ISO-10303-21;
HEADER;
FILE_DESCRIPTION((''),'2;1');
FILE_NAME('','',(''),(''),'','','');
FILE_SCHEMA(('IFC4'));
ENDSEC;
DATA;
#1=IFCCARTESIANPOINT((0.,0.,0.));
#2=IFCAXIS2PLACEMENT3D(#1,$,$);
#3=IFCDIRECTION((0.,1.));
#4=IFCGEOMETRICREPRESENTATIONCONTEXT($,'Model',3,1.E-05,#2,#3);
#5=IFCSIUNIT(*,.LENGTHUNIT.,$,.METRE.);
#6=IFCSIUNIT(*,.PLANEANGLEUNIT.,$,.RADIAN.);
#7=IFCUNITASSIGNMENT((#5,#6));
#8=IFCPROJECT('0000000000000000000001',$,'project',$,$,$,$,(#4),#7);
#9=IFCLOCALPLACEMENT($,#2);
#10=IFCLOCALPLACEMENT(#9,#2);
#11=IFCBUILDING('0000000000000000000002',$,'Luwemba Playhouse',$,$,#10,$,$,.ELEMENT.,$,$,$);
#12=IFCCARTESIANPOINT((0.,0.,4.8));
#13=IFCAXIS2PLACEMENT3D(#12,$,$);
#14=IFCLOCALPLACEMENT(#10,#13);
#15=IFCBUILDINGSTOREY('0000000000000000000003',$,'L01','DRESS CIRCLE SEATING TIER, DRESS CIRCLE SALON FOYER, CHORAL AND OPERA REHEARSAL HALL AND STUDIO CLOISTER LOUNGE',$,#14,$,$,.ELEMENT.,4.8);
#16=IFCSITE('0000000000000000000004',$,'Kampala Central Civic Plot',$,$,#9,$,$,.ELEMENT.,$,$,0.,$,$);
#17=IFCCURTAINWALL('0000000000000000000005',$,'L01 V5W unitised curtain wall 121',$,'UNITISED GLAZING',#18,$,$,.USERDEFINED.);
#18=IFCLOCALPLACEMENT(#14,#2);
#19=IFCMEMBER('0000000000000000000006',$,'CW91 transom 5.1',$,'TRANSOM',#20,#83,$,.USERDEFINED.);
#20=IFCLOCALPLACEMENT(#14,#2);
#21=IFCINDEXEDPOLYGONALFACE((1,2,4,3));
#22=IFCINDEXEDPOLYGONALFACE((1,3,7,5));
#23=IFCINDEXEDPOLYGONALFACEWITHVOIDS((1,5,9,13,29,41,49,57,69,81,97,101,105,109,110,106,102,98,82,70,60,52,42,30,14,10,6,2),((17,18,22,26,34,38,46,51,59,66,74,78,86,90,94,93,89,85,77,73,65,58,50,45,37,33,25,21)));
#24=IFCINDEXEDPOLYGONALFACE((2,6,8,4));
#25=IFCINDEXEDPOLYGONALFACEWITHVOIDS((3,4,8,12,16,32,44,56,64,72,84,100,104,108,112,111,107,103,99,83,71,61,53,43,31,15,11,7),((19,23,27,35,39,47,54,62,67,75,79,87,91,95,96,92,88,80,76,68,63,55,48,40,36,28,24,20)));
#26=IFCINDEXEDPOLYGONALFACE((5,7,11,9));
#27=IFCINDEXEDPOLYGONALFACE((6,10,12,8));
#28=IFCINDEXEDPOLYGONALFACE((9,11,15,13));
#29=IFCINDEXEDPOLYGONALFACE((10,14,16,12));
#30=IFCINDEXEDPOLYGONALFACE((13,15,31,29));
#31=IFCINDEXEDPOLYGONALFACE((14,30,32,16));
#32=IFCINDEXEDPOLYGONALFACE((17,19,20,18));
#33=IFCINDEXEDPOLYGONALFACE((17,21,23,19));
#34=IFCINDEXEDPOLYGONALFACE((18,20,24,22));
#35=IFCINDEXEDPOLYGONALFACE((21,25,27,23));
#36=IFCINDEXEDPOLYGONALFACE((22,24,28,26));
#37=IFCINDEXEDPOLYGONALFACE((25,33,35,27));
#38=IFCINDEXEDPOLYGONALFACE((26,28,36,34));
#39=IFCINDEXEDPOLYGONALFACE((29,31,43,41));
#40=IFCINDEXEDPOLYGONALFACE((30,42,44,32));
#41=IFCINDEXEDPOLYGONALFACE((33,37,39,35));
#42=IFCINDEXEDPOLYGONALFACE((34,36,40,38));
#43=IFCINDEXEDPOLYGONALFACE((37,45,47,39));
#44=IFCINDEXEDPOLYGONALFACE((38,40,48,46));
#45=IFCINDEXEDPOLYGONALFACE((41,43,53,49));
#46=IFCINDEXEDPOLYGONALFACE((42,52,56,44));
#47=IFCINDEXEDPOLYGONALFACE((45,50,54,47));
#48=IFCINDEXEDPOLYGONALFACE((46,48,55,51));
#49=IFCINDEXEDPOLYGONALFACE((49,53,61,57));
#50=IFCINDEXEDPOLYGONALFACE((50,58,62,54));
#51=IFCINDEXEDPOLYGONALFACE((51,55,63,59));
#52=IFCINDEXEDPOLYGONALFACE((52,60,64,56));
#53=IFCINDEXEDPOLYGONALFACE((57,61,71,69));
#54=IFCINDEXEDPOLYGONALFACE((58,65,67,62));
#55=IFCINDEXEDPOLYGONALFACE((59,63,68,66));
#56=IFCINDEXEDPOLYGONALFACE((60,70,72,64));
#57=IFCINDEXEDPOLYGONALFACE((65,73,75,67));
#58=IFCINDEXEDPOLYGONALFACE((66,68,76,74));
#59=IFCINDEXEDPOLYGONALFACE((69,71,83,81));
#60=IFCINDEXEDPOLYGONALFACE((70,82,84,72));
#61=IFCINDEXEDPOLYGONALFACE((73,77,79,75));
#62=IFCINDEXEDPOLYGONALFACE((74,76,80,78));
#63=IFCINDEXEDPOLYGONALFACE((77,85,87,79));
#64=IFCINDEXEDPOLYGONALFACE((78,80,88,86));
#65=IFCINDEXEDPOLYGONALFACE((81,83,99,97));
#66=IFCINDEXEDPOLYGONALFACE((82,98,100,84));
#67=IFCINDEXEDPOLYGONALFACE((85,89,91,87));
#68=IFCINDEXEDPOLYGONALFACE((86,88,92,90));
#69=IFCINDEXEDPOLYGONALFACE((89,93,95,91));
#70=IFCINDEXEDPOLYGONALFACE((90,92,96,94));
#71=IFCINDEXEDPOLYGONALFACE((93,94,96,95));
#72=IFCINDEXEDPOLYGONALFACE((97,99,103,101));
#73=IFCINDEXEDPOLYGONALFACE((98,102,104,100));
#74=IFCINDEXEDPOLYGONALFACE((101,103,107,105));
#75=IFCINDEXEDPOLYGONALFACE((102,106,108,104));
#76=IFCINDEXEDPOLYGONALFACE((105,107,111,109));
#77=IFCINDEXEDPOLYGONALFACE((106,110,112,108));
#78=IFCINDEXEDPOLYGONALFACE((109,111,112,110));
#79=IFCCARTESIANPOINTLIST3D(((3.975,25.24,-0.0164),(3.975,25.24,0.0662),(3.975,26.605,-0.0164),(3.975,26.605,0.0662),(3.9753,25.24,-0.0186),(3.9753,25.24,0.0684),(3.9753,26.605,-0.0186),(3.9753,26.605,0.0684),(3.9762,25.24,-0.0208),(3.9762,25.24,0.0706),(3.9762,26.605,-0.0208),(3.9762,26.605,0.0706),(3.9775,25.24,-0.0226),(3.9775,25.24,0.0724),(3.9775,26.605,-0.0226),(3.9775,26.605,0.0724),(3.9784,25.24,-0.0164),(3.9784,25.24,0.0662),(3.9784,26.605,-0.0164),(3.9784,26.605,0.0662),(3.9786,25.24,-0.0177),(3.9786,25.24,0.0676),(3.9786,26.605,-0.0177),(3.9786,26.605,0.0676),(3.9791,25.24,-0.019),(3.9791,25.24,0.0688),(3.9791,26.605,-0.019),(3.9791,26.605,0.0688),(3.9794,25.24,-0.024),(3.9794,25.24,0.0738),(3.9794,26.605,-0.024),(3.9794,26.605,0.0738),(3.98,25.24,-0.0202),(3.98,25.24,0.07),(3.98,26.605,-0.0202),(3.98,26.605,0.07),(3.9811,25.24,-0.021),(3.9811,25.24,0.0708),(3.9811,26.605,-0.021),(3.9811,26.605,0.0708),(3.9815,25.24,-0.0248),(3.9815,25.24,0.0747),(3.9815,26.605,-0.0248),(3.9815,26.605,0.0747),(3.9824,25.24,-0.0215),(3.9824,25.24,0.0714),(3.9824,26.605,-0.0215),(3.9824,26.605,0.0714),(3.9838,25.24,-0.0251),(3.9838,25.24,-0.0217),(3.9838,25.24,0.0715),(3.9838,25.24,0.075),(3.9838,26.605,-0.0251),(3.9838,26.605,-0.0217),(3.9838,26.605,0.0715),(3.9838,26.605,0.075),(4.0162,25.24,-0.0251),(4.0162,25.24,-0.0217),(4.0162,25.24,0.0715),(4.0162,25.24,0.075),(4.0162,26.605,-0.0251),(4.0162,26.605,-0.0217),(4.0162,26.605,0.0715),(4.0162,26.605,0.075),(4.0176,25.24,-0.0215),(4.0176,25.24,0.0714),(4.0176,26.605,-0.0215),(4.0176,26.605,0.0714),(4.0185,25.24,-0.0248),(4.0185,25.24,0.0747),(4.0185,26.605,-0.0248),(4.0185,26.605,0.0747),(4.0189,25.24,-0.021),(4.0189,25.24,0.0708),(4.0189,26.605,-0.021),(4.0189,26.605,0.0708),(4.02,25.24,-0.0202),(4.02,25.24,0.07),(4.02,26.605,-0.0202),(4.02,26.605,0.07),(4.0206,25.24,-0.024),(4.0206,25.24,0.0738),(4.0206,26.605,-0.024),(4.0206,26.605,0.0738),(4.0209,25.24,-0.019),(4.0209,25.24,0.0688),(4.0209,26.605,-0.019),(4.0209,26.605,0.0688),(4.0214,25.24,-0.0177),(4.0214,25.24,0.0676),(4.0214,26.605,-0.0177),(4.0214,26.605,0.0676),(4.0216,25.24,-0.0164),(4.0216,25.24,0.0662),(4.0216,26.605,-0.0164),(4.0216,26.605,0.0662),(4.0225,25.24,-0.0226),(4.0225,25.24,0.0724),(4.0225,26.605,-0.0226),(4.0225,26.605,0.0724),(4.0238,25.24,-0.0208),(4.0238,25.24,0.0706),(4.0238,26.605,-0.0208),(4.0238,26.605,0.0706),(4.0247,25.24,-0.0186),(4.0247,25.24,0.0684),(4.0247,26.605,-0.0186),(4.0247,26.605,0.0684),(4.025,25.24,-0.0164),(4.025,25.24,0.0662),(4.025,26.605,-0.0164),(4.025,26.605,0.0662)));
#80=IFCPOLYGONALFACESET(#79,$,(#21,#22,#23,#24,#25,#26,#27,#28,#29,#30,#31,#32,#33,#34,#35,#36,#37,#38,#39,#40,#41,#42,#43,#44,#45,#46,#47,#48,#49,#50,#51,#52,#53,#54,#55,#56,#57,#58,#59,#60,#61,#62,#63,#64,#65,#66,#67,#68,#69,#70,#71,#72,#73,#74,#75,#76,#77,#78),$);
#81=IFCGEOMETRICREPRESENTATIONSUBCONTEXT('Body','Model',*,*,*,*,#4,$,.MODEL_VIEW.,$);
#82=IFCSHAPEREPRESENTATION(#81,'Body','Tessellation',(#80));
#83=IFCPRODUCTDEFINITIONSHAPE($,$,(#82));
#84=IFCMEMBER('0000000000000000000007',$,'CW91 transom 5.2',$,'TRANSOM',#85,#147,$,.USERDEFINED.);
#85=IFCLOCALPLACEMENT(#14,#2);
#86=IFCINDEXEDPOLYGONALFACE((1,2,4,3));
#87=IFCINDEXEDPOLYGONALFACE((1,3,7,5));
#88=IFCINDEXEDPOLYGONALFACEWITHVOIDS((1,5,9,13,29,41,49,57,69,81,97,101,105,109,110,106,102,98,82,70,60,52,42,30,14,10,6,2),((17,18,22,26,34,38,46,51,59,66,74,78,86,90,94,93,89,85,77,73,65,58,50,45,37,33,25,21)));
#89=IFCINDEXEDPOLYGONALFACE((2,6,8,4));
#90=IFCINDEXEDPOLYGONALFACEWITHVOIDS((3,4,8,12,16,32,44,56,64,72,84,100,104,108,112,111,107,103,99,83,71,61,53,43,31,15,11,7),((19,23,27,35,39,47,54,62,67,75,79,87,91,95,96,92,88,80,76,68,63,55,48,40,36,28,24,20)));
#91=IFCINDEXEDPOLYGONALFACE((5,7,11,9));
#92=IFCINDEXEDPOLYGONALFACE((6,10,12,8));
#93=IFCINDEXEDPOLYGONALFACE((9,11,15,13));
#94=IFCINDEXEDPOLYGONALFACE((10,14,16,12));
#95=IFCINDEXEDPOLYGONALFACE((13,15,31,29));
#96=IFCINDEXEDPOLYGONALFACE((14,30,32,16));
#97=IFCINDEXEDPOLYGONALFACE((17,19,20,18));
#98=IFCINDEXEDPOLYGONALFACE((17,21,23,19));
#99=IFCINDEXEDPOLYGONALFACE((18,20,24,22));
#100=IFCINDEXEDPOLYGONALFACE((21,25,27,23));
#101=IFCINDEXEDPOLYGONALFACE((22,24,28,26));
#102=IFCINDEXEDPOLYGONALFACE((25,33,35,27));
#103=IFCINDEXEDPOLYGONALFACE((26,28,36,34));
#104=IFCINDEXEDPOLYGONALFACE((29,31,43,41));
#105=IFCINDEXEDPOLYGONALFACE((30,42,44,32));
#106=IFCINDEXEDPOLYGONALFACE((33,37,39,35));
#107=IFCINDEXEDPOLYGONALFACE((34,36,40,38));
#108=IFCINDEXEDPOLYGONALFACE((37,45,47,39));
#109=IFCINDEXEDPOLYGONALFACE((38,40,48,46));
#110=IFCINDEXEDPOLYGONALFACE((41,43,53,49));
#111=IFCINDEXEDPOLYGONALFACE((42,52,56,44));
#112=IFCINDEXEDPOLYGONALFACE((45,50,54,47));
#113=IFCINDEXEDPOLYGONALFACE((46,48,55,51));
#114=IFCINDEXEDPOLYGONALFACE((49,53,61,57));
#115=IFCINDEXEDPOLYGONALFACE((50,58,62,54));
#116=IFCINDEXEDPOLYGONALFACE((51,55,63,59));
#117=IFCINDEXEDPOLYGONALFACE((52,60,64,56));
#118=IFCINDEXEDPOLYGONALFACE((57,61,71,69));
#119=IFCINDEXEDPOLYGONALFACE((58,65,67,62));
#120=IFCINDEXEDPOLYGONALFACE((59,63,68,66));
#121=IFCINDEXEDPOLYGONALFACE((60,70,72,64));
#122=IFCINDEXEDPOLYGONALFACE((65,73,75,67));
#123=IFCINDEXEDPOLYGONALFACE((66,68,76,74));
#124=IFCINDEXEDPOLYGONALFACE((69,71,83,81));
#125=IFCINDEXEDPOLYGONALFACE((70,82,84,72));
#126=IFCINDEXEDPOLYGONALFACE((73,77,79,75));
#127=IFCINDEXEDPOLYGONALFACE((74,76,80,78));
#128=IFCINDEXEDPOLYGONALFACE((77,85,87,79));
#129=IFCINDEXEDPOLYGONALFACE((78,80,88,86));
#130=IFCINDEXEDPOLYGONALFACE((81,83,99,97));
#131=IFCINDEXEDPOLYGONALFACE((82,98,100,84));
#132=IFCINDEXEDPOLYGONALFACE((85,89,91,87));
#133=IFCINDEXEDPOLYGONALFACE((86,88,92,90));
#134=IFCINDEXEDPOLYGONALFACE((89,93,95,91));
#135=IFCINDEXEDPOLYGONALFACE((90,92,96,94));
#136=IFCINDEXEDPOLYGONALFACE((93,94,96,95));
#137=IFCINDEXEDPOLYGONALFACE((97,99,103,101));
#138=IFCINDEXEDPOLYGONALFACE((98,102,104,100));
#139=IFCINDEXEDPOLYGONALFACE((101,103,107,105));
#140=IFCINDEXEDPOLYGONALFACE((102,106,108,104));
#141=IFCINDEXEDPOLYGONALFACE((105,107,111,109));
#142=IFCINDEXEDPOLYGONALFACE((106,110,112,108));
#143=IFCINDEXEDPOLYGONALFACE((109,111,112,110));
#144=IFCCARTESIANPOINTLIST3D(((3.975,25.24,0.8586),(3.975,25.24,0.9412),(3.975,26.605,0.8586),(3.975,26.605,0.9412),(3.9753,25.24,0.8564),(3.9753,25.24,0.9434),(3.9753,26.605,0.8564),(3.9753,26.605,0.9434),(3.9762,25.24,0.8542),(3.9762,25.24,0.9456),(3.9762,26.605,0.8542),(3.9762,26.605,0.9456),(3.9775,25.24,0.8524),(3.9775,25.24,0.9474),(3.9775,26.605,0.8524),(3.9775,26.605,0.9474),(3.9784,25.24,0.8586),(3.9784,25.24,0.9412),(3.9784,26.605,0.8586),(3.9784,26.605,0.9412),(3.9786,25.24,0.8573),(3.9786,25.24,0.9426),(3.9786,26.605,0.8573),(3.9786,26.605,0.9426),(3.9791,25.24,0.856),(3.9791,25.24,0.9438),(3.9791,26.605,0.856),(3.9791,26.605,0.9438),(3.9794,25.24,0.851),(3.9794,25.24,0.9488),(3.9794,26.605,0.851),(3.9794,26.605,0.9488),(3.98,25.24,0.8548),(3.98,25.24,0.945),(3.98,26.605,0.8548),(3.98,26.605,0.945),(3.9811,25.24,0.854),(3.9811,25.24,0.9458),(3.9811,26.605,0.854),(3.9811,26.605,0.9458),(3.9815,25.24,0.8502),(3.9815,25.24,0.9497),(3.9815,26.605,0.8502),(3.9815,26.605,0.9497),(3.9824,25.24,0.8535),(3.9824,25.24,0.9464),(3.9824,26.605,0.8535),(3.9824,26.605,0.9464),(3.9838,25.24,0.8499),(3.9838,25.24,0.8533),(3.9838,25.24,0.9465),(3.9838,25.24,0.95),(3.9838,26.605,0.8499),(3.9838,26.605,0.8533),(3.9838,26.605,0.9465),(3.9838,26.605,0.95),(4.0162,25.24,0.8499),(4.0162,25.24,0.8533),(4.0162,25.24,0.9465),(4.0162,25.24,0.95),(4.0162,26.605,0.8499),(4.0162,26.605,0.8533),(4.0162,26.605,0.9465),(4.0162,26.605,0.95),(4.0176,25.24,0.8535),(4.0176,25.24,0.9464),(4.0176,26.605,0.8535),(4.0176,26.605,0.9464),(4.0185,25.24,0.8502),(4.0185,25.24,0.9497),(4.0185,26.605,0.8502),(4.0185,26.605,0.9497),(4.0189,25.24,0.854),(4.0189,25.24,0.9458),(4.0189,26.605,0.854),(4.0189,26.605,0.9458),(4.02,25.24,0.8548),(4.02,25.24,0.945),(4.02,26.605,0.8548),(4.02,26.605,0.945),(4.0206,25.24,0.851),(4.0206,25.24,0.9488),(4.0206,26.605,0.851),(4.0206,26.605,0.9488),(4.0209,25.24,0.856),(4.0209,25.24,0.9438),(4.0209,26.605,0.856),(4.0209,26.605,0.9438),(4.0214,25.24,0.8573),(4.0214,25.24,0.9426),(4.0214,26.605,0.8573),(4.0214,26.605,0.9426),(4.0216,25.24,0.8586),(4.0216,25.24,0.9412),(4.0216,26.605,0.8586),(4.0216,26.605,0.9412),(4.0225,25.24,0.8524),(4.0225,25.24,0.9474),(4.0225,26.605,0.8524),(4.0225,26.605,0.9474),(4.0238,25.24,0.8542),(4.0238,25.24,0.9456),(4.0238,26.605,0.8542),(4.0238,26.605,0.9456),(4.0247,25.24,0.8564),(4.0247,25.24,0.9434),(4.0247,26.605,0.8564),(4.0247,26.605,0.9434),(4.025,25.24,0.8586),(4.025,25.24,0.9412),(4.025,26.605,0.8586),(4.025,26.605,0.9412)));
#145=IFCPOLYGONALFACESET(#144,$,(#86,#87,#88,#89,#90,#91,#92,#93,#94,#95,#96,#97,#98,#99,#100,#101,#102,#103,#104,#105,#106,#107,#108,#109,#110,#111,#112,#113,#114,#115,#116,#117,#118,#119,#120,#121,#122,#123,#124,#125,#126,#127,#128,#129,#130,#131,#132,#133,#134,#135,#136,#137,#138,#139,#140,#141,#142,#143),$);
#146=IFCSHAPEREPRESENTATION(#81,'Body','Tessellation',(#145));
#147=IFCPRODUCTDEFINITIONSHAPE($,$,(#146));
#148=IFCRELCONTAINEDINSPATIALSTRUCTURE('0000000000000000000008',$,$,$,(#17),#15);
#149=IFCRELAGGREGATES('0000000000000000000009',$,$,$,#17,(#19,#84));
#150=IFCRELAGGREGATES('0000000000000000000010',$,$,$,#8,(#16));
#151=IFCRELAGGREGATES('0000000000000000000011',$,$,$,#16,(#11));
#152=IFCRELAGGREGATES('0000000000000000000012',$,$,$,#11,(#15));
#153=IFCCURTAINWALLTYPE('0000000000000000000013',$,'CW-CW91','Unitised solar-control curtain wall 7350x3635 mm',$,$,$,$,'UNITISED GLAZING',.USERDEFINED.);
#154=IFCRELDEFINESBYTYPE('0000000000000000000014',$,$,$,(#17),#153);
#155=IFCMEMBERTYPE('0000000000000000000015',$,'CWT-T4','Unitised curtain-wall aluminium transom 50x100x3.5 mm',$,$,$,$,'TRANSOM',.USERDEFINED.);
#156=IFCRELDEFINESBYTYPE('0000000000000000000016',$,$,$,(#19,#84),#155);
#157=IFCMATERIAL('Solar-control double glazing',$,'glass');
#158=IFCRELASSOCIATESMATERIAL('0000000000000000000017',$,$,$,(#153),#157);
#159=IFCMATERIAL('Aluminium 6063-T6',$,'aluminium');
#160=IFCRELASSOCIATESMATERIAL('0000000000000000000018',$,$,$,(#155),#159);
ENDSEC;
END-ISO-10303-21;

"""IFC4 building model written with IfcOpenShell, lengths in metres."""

from ifc_helpers import new_model, si_unit, direction, frame, origin, origin_2d, place, context, subcontext, project, spatial, hollow_rectangle, extrude, material, material_profile, profile_set, type_object, element, aggregate, save


model = new_model("IFC4")

# Units and contexts
model_context = context("Model", 3, precision=1e-05, world=origin(), true_north=direction((0.0, 1.0)))
body_context = subcontext(model_context, "Body", "Model", "MODEL_VIEW")
ifc_project = project(units=[si_unit("LENGTHUNIT", "METRE"), si_unit("PLANEANGLEUNIT", "RADIAN")], contexts=[model_context])

# Site, building, storey
site_placement = place(None, origin())
site = spatial("IfcSite", under=ifc_project, at=site_placement, Name="Kampala Central Civic Plot", CompositionType="ELEMENT", RefElevation=0.0)
building_placement = place(site_placement, origin())
building = spatial("IfcBuilding", under=site, at=building_placement, Name="Luwemba Playhouse", CompositionType="ELEMENT")
storey_placement = place(building_placement, frame((0.0, 0.0, 4.8)))
storey = spatial("IfcBuildingStorey", under=building, at=storey_placement, Name="L01", Description="DRESS CIRCLE SEATING TIER, DRESS CIRCLE SALON FOYER, CHORAL AND OPERA REHEARSAL HALL AND STUDIO CLOISTER LOUNGE", CompositionType="ELEMENT", Elevation=4.8)

# Shared definitions
ifc_material_1 = material(Name="Solar-control double glazing", Category="glass")
ifc_material_2 = material(Name="Aluminium 6063-T6", Category="aluminium")

# Curtain wall
curtain_wall_type_1 = type_object("IfcCurtainWallType", Name="CW-CW91", Description="Unitised solar-control curtain wall 7350x3635 mm", ElementType="UNITISED GLAZING", PredefinedType="USERDEFINED", material=ifc_material_1)
curtain_wall_1_placement = place(storey_placement, origin())
curtain_wall_1 = element("IfcCurtainWall", 1, at=curtain_wall_1_placement, inside=storey, type_object=curtain_wall_type_1, Name="L01 V5W unitised curtain wall 121", ObjectType="UNITISED GLAZING", PredefinedType="USERDEFINED")

# Members
ifc_material_profile_1 = material_profile(ifc_material_2, hollow_rectangle(XDim=0.05, YDim=0.1001, WallThickness=0.0034, InnerFilletRadius=0.0054, OuterFilletRadius=0.0088, at=origin_2d()))
ifc_profile_set_1 = profile_set([ifc_material_profile_1], Name="Aluminium 6063-T6")
member_type_1 = type_object("IfcMemberType", Name="CWT-T4", Description="Unitised curtain-wall aluminium transom 50x100x3.5 mm", ElementType="TRANSOM", PredefinedType="USERDEFINED", material=ifc_profile_set_1)
member_1_placement = place(storey_placement, frame((4.0, 25.24, 0.0249), z_axis=(0.0, 1.0, 0.0), x_axis=(-1.0, 0.0, 0.0)))
member_1 = element("IfcMember", 2, at=member_1_placement, type_object=member_type_1, Name="CW91 transom 5.1", ObjectType="TRANSOM", PredefinedType="USERDEFINED", context=body_context, shape_type="SweptSolid", body=[
    extrude(hollow_rectangle(XDim=0.05, YDim=0.1001, WallThickness=0.0034, InnerFilletRadius=0.0054, OuterFilletRadius=0.0088, at=origin_2d()), origin(), (0.0, 0.0, 1.0), 1.365),
])
member_2_placement = place(storey_placement, frame((4.0, 25.24, 0.8999), z_axis=(0.0, 1.0, 0.0), x_axis=(-1.0, 0.0, 0.0)))
member_2 = element("IfcMember", 3, at=member_2_placement, type_object=member_type_1, Name="CW91 transom 5.2", ObjectType="TRANSOM", PredefinedType="USERDEFINED", context=body_context, shape_type="SweptSolid", body=[
    extrude(hollow_rectangle(XDim=0.05, YDim=0.1001, WallThickness=0.0034, InnerFilletRadius=0.0054, OuterFilletRadius=0.0088, at=origin_2d()), origin(), (0.0, 0.0, 1.0), 1.365),
])

aggregate(curtain_wall_1, [member_1, member_2])

save(model, "model.ifc")
